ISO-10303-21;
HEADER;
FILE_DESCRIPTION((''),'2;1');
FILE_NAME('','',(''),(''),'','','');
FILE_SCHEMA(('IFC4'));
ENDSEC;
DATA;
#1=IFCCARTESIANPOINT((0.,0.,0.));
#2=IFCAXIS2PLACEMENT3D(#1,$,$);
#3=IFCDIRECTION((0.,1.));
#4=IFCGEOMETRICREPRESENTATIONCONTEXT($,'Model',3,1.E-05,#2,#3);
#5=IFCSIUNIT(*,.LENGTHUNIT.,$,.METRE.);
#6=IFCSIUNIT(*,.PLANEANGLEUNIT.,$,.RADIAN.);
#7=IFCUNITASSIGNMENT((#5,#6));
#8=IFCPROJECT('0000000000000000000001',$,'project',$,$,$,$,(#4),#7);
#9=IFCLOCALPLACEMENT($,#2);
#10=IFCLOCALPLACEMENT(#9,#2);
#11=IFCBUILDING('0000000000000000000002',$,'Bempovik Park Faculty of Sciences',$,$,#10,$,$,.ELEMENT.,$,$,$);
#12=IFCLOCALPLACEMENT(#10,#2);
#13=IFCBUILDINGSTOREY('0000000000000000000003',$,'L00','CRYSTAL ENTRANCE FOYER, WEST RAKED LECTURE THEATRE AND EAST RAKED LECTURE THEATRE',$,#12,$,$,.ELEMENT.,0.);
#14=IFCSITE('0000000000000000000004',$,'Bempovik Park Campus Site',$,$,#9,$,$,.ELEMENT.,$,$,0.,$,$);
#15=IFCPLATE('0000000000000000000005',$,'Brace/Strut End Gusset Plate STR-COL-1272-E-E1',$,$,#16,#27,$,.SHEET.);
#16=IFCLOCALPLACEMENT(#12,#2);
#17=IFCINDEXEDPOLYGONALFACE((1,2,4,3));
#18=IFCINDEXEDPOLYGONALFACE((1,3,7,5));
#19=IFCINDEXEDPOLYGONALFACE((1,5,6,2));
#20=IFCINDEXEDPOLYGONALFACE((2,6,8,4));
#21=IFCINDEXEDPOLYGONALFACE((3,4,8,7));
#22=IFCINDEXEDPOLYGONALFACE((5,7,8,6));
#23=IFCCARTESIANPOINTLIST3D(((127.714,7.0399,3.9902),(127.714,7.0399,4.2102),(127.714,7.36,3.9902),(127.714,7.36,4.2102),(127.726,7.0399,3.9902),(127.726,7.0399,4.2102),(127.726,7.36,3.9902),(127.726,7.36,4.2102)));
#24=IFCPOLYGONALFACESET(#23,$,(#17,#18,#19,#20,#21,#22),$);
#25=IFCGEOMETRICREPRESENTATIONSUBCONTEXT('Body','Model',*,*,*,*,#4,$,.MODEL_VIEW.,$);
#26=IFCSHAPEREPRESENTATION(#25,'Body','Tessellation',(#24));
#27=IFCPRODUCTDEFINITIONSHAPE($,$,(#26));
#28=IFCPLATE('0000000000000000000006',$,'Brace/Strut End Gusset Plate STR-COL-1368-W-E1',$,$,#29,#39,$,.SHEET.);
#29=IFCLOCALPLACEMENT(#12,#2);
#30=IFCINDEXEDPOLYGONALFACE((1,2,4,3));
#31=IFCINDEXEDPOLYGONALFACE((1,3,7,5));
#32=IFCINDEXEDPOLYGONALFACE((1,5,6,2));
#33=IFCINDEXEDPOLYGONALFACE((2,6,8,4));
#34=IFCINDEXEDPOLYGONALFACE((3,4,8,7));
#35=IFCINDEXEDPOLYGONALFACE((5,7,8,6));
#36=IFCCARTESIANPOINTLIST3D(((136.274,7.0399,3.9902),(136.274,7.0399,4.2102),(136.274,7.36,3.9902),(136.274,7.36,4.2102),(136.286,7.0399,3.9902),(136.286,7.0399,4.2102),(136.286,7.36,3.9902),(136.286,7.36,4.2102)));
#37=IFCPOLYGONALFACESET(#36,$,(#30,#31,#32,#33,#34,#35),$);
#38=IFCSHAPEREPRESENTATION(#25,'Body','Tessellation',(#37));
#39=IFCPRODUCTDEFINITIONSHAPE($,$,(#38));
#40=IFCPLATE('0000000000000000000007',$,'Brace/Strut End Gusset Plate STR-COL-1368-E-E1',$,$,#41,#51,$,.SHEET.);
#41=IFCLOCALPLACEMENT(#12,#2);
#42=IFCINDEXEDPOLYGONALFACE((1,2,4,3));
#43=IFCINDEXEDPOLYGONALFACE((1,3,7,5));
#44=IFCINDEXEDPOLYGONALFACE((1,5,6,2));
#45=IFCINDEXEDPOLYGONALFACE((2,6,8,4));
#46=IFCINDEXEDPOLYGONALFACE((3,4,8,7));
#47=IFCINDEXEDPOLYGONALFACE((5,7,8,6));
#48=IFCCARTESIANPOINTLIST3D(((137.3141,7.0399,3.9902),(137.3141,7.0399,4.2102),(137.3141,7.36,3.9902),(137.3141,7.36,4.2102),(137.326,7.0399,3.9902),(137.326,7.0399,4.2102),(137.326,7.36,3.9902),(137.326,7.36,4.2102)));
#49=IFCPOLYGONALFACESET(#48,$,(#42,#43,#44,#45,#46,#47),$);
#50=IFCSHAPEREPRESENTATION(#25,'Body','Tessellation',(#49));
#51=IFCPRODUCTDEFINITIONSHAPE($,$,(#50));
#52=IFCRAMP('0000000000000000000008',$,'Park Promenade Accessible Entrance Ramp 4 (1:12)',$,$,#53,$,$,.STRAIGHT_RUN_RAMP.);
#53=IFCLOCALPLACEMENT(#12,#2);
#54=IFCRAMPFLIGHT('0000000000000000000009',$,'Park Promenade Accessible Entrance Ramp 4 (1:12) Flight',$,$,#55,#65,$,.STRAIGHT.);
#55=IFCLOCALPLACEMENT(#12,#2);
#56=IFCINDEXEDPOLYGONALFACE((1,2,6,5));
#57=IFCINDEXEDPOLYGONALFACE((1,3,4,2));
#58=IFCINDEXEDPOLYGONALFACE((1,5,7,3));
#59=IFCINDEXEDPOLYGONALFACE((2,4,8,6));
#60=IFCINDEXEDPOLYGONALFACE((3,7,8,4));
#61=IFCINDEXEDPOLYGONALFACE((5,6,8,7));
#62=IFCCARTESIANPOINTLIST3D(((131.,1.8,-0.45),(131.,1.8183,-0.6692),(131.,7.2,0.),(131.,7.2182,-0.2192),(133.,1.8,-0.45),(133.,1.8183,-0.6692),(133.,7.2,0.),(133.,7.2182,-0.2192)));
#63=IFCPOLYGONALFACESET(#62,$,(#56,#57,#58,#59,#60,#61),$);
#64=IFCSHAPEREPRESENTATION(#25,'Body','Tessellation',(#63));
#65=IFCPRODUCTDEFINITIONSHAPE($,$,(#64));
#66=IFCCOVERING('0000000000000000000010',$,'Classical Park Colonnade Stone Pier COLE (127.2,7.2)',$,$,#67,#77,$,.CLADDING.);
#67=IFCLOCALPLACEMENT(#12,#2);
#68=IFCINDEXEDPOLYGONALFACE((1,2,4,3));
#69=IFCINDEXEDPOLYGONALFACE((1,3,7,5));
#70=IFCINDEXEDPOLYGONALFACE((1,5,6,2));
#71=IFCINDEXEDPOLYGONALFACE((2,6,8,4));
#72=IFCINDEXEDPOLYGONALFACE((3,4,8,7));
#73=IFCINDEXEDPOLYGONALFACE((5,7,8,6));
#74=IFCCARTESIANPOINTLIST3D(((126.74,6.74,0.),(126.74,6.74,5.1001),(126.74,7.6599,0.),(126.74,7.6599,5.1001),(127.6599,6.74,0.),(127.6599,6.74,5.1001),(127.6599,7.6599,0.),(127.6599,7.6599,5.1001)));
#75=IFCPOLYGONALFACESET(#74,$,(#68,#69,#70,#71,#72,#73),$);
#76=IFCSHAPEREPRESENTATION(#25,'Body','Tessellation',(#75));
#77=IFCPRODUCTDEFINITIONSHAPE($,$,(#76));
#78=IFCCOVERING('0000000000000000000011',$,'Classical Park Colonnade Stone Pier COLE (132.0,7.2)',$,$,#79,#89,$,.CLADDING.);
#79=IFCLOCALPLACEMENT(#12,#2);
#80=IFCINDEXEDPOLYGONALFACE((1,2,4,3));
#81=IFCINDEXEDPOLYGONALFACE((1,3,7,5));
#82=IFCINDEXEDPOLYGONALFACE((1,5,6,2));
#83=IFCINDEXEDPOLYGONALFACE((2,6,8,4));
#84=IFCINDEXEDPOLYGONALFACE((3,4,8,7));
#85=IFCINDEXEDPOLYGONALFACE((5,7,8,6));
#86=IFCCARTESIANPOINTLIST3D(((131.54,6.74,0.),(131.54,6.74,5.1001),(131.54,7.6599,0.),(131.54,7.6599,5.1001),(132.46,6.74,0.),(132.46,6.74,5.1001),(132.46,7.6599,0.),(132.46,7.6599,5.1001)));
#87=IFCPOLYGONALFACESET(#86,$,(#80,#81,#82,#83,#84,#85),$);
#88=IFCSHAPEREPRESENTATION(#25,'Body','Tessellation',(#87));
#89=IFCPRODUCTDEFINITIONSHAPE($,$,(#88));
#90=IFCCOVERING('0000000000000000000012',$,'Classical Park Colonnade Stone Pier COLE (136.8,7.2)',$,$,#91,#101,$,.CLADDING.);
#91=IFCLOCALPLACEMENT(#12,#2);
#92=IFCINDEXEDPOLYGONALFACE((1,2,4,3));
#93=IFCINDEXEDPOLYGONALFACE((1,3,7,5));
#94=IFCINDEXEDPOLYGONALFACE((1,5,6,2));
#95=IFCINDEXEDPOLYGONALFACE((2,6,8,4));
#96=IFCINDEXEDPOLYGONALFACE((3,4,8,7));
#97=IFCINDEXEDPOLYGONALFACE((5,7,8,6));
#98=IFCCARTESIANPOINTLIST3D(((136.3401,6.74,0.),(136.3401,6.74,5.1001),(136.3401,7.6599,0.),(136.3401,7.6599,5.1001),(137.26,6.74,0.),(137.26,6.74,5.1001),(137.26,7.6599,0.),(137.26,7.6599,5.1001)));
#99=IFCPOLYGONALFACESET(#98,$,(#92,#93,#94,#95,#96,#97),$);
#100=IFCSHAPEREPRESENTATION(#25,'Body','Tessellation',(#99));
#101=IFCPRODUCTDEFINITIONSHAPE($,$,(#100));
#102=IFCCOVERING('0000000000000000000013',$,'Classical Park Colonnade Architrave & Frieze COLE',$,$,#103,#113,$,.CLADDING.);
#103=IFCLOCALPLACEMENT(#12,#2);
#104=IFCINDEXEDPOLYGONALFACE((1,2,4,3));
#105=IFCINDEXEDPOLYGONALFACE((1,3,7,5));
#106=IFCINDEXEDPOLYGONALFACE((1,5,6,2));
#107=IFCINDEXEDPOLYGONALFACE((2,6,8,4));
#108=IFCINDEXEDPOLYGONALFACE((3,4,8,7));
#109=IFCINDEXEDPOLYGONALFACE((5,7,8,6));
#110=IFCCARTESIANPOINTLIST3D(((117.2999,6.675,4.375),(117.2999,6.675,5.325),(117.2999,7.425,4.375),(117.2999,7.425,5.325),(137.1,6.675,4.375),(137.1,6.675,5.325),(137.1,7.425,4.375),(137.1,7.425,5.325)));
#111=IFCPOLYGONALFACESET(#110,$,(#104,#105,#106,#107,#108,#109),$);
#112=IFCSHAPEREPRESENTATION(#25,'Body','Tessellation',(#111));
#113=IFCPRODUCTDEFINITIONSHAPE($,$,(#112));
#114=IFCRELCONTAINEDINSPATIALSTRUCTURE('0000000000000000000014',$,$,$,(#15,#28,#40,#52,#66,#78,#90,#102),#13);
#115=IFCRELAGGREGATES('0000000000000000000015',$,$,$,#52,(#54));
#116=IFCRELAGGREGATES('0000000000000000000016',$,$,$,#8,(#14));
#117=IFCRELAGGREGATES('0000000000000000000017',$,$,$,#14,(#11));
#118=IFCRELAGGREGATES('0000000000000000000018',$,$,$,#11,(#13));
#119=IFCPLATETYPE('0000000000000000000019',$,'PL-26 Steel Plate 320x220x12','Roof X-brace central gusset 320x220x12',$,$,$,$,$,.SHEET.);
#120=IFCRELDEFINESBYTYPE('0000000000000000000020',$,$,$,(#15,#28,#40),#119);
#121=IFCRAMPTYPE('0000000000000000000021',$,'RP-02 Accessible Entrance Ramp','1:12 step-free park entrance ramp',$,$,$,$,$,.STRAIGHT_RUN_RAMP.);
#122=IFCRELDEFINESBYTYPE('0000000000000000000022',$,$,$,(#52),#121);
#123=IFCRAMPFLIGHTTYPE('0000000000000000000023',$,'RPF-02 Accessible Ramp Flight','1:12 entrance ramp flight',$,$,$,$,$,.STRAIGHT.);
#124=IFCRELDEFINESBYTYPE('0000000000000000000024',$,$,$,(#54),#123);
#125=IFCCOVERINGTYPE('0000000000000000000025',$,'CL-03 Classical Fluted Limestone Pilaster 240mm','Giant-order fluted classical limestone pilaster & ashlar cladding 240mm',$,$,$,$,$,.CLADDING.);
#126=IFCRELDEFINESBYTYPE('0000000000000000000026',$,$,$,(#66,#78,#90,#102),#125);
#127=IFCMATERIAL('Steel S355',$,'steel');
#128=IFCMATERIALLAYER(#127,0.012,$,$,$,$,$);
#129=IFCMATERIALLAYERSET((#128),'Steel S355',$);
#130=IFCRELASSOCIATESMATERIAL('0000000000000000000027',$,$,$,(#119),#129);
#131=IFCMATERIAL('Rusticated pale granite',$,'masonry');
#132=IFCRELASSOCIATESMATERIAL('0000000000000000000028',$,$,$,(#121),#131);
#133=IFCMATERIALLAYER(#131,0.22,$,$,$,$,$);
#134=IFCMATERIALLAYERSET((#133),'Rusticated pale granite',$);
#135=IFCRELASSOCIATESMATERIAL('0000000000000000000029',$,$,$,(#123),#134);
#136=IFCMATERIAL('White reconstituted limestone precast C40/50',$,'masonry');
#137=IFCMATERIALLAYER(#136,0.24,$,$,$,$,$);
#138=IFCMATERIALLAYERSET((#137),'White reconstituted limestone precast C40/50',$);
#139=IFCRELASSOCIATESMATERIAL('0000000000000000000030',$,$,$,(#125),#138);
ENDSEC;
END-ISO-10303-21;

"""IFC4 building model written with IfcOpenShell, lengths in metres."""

from ifc_helpers import new_model, si_unit, direction, frame, origin, origin_2d, place, context, subcontext, project, spatial, polyline, rectangle, outline, extrude, material, layer, layer_set, type_object, element, aggregate, save


model = new_model("IFC4")

# Units and contexts
model_context = context("Model", 3, precision=1e-05, world=origin(), true_north=direction((0.0, 1.0)))
body_context = subcontext(model_context, "Body", "Model", "MODEL_VIEW")
ifc_project = project(units=[si_unit("LENGTHUNIT", "METRE"), si_unit("PLANEANGLEUNIT", "RADIAN")], contexts=[model_context])

# Site, building, storey
site_placement = place(None, origin())
site = spatial("IfcSite", under=ifc_project, at=site_placement, Name="Bempovik Park Campus Site", CompositionType="ELEMENT", RefElevation=0.0)
building_placement = place(site_placement, origin())
building = spatial("IfcBuilding", under=site, at=building_placement, Name="Bempovik Park Faculty of Sciences", CompositionType="ELEMENT")
storey_placement = place(building_placement, origin())
storey = spatial("IfcBuildingStorey", under=building, at=storey_placement, Name="L00", Description="CRYSTAL ENTRANCE FOYER, WEST RAKED LECTURE THEATRE AND EAST RAKED LECTURE THEATRE", CompositionType="ELEMENT", Elevation=0.0)

# Shared definitions
ifc_material_1 = material(Name="Steel S355", Category="steel")

# Plates
ifc_layer_1 = layer(ifc_material_1, 0.012)
ifc_layer_set_1 = layer_set([ifc_layer_1], Name="Steel S355")
plate_type_1 = type_object("IfcPlateType", Name="PL-26 Steel Plate 320x220x12", Description="Roof X-brace central gusset 320x220x12", PredefinedType="SHEET", material=ifc_layer_set_1)
for number, where, z_axis, x_axis, name in (
    (1, (127.72, 7.2, 3.9902), (0.0, 0.0, 1.0), (1.0, 0.0, 0.0), "Brace/Strut End Gusset Plate STR-COL-1272-E-E1"),
    (2, (136.28, 7.2, 3.9902), (0.0, 0.0, 1.0), (1.0, 0.0, 0.0), "Brace/Strut End Gusset Plate STR-COL-1368-W-E1"),
    (3, (137.3201, 7.2, 3.9902), (0.0, 0.0, 1.0), (1.0, 0.0, 0.0), "Brace/Strut End Gusset Plate STR-COL-1368-E-E1"),
):
    element("IfcPlate", number, at=place(storey_placement, frame(where, z_axis=z_axis, x_axis=x_axis)), inside=storey, type_object=plate_type_1, Name=name, PredefinedType="SHEET", context=body_context, shape_type="SweptSolid", body=[
        extrude(rectangle(XDim=0.012, YDim=0.3201, at=origin_2d()), origin(), (0.0, 0.0, 1.0), 0.22),
    ])

# Ramp, ramp flight
ifc_material_2 = material(Name="Rusticated pale granite", Category="masonry")
ramp_type = type_object("IfcRampType", Name="RP-02 Accessible Entrance Ramp", Description="1:12 step-free park entrance ramp", PredefinedType="STRAIGHT_RUN_RAMP", material=ifc_material_2)
ramp_placement = place(storey_placement, origin())
ramp = element("IfcRamp", 4, at=ramp_placement, inside=storey, type_object=ramp_type, Name="Park Promenade Accessible Entrance Ramp 4 (1:12)", PredefinedType="STRAIGHT_RUN_RAMP")
ifc_layer_2 = layer(ifc_material_2, 0.22)
ifc_layer_set_2 = layer_set([ifc_layer_2], Name="Rusticated pale granite")
ramp_flight_type = type_object("IfcRampFlightType", Name="RPF-02 Accessible Ramp Flight", Description="1:12 entrance ramp flight", PredefinedType="STRAIGHT", material=ifc_layer_set_2)
ramp_flight_placement = place(storey_placement, frame((131.0, 1.8, -0.45), z_axis=(0.0, -0.083038, 0.996546), x_axis=(1.0, 0.0, 0.0)))
ramp_flight = element("IfcRampFlight", 5, at=ramp_flight_placement, type_object=ramp_flight_type, Name="Park Promenade Accessible Entrance Ramp 4 (1:12) Flight", PredefinedType="STRAIGHT", context=body_context, shape_type="SweptSolid", body=[
    extrude(outline(polyline([(0.0, 0.0), (2.0, 0.0), (2.0, 5.4186), (0.0, 5.4186), (0.0, 0.0)])), origin(), (0.0, 0.0, -1.0), 0.22),
])
aggregate(ramp, [ramp_flight])

# Coverings
ifc_material_3 = material(Name="White reconstituted limestone precast C40/50", Category="masonry")
ifc_layer_3 = layer(ifc_material_3, 0.24)
ifc_layer_set_3 = layer_set([ifc_layer_3], Name="White reconstituted limestone precast C40/50")
covering_type = type_object("IfcCoveringType", Name="CL-03 Classical Fluted Limestone Pilaster 240mm", Description="Giant-order fluted classical limestone pilaster & ashlar cladding 240mm", PredefinedType="CLADDING", material=ifc_layer_set_3)
for number, where, z_axis, x_axis, name in (
    (6, (127.2, 7.2, 0.0), (0.0, 0.0, 1.0), (1.0, 0.0, 0.0), "Classical Park Colonnade Stone Pier COLE (127.2,7.2)"),
    (7, (132.0, 7.2, 0.0), (0.0, 0.0, 1.0), (1.0, 0.0, 0.0), "Classical Park Colonnade Stone Pier COLE (132.0,7.2)"),
    (8, (136.8, 7.2, 0.0), (0.0, 0.0, 1.0), (1.0, 0.0, 0.0), "Classical Park Colonnade Stone Pier COLE (136.8,7.2)"),
):
    element("IfcCovering", number, at=place(storey_placement, frame(where, z_axis=z_axis, x_axis=x_axis)), inside=storey, type_object=covering_type, Name=name, PredefinedType="CLADDING", context=body_context, shape_type="SweptSolid", body=[
        extrude(rectangle(XDim=0.9199, YDim=0.9199, at=origin_2d()), origin(), (0.0, 0.0, 1.0), 5.1001),
    ])
covering_placement = place(storey_placement, frame((127.2, 7.05, 4.375), z_axis=(0.0, 0.0, 1.0), x_axis=(1.0, 0.0, 0.0)))
element("IfcCovering", 9, at=covering_placement, inside=storey, type_object=covering_type, Name="Classical Park Colonnade Architrave & Frieze COLE", PredefinedType="CLADDING", context=body_context, shape_type="SweptSolid", body=[
    extrude(rectangle(XDim=19.8, YDim=0.75, at=origin_2d()), origin(), (0.0, 0.0, 1.0), 0.95),
])

save(model, "model.ifc")
